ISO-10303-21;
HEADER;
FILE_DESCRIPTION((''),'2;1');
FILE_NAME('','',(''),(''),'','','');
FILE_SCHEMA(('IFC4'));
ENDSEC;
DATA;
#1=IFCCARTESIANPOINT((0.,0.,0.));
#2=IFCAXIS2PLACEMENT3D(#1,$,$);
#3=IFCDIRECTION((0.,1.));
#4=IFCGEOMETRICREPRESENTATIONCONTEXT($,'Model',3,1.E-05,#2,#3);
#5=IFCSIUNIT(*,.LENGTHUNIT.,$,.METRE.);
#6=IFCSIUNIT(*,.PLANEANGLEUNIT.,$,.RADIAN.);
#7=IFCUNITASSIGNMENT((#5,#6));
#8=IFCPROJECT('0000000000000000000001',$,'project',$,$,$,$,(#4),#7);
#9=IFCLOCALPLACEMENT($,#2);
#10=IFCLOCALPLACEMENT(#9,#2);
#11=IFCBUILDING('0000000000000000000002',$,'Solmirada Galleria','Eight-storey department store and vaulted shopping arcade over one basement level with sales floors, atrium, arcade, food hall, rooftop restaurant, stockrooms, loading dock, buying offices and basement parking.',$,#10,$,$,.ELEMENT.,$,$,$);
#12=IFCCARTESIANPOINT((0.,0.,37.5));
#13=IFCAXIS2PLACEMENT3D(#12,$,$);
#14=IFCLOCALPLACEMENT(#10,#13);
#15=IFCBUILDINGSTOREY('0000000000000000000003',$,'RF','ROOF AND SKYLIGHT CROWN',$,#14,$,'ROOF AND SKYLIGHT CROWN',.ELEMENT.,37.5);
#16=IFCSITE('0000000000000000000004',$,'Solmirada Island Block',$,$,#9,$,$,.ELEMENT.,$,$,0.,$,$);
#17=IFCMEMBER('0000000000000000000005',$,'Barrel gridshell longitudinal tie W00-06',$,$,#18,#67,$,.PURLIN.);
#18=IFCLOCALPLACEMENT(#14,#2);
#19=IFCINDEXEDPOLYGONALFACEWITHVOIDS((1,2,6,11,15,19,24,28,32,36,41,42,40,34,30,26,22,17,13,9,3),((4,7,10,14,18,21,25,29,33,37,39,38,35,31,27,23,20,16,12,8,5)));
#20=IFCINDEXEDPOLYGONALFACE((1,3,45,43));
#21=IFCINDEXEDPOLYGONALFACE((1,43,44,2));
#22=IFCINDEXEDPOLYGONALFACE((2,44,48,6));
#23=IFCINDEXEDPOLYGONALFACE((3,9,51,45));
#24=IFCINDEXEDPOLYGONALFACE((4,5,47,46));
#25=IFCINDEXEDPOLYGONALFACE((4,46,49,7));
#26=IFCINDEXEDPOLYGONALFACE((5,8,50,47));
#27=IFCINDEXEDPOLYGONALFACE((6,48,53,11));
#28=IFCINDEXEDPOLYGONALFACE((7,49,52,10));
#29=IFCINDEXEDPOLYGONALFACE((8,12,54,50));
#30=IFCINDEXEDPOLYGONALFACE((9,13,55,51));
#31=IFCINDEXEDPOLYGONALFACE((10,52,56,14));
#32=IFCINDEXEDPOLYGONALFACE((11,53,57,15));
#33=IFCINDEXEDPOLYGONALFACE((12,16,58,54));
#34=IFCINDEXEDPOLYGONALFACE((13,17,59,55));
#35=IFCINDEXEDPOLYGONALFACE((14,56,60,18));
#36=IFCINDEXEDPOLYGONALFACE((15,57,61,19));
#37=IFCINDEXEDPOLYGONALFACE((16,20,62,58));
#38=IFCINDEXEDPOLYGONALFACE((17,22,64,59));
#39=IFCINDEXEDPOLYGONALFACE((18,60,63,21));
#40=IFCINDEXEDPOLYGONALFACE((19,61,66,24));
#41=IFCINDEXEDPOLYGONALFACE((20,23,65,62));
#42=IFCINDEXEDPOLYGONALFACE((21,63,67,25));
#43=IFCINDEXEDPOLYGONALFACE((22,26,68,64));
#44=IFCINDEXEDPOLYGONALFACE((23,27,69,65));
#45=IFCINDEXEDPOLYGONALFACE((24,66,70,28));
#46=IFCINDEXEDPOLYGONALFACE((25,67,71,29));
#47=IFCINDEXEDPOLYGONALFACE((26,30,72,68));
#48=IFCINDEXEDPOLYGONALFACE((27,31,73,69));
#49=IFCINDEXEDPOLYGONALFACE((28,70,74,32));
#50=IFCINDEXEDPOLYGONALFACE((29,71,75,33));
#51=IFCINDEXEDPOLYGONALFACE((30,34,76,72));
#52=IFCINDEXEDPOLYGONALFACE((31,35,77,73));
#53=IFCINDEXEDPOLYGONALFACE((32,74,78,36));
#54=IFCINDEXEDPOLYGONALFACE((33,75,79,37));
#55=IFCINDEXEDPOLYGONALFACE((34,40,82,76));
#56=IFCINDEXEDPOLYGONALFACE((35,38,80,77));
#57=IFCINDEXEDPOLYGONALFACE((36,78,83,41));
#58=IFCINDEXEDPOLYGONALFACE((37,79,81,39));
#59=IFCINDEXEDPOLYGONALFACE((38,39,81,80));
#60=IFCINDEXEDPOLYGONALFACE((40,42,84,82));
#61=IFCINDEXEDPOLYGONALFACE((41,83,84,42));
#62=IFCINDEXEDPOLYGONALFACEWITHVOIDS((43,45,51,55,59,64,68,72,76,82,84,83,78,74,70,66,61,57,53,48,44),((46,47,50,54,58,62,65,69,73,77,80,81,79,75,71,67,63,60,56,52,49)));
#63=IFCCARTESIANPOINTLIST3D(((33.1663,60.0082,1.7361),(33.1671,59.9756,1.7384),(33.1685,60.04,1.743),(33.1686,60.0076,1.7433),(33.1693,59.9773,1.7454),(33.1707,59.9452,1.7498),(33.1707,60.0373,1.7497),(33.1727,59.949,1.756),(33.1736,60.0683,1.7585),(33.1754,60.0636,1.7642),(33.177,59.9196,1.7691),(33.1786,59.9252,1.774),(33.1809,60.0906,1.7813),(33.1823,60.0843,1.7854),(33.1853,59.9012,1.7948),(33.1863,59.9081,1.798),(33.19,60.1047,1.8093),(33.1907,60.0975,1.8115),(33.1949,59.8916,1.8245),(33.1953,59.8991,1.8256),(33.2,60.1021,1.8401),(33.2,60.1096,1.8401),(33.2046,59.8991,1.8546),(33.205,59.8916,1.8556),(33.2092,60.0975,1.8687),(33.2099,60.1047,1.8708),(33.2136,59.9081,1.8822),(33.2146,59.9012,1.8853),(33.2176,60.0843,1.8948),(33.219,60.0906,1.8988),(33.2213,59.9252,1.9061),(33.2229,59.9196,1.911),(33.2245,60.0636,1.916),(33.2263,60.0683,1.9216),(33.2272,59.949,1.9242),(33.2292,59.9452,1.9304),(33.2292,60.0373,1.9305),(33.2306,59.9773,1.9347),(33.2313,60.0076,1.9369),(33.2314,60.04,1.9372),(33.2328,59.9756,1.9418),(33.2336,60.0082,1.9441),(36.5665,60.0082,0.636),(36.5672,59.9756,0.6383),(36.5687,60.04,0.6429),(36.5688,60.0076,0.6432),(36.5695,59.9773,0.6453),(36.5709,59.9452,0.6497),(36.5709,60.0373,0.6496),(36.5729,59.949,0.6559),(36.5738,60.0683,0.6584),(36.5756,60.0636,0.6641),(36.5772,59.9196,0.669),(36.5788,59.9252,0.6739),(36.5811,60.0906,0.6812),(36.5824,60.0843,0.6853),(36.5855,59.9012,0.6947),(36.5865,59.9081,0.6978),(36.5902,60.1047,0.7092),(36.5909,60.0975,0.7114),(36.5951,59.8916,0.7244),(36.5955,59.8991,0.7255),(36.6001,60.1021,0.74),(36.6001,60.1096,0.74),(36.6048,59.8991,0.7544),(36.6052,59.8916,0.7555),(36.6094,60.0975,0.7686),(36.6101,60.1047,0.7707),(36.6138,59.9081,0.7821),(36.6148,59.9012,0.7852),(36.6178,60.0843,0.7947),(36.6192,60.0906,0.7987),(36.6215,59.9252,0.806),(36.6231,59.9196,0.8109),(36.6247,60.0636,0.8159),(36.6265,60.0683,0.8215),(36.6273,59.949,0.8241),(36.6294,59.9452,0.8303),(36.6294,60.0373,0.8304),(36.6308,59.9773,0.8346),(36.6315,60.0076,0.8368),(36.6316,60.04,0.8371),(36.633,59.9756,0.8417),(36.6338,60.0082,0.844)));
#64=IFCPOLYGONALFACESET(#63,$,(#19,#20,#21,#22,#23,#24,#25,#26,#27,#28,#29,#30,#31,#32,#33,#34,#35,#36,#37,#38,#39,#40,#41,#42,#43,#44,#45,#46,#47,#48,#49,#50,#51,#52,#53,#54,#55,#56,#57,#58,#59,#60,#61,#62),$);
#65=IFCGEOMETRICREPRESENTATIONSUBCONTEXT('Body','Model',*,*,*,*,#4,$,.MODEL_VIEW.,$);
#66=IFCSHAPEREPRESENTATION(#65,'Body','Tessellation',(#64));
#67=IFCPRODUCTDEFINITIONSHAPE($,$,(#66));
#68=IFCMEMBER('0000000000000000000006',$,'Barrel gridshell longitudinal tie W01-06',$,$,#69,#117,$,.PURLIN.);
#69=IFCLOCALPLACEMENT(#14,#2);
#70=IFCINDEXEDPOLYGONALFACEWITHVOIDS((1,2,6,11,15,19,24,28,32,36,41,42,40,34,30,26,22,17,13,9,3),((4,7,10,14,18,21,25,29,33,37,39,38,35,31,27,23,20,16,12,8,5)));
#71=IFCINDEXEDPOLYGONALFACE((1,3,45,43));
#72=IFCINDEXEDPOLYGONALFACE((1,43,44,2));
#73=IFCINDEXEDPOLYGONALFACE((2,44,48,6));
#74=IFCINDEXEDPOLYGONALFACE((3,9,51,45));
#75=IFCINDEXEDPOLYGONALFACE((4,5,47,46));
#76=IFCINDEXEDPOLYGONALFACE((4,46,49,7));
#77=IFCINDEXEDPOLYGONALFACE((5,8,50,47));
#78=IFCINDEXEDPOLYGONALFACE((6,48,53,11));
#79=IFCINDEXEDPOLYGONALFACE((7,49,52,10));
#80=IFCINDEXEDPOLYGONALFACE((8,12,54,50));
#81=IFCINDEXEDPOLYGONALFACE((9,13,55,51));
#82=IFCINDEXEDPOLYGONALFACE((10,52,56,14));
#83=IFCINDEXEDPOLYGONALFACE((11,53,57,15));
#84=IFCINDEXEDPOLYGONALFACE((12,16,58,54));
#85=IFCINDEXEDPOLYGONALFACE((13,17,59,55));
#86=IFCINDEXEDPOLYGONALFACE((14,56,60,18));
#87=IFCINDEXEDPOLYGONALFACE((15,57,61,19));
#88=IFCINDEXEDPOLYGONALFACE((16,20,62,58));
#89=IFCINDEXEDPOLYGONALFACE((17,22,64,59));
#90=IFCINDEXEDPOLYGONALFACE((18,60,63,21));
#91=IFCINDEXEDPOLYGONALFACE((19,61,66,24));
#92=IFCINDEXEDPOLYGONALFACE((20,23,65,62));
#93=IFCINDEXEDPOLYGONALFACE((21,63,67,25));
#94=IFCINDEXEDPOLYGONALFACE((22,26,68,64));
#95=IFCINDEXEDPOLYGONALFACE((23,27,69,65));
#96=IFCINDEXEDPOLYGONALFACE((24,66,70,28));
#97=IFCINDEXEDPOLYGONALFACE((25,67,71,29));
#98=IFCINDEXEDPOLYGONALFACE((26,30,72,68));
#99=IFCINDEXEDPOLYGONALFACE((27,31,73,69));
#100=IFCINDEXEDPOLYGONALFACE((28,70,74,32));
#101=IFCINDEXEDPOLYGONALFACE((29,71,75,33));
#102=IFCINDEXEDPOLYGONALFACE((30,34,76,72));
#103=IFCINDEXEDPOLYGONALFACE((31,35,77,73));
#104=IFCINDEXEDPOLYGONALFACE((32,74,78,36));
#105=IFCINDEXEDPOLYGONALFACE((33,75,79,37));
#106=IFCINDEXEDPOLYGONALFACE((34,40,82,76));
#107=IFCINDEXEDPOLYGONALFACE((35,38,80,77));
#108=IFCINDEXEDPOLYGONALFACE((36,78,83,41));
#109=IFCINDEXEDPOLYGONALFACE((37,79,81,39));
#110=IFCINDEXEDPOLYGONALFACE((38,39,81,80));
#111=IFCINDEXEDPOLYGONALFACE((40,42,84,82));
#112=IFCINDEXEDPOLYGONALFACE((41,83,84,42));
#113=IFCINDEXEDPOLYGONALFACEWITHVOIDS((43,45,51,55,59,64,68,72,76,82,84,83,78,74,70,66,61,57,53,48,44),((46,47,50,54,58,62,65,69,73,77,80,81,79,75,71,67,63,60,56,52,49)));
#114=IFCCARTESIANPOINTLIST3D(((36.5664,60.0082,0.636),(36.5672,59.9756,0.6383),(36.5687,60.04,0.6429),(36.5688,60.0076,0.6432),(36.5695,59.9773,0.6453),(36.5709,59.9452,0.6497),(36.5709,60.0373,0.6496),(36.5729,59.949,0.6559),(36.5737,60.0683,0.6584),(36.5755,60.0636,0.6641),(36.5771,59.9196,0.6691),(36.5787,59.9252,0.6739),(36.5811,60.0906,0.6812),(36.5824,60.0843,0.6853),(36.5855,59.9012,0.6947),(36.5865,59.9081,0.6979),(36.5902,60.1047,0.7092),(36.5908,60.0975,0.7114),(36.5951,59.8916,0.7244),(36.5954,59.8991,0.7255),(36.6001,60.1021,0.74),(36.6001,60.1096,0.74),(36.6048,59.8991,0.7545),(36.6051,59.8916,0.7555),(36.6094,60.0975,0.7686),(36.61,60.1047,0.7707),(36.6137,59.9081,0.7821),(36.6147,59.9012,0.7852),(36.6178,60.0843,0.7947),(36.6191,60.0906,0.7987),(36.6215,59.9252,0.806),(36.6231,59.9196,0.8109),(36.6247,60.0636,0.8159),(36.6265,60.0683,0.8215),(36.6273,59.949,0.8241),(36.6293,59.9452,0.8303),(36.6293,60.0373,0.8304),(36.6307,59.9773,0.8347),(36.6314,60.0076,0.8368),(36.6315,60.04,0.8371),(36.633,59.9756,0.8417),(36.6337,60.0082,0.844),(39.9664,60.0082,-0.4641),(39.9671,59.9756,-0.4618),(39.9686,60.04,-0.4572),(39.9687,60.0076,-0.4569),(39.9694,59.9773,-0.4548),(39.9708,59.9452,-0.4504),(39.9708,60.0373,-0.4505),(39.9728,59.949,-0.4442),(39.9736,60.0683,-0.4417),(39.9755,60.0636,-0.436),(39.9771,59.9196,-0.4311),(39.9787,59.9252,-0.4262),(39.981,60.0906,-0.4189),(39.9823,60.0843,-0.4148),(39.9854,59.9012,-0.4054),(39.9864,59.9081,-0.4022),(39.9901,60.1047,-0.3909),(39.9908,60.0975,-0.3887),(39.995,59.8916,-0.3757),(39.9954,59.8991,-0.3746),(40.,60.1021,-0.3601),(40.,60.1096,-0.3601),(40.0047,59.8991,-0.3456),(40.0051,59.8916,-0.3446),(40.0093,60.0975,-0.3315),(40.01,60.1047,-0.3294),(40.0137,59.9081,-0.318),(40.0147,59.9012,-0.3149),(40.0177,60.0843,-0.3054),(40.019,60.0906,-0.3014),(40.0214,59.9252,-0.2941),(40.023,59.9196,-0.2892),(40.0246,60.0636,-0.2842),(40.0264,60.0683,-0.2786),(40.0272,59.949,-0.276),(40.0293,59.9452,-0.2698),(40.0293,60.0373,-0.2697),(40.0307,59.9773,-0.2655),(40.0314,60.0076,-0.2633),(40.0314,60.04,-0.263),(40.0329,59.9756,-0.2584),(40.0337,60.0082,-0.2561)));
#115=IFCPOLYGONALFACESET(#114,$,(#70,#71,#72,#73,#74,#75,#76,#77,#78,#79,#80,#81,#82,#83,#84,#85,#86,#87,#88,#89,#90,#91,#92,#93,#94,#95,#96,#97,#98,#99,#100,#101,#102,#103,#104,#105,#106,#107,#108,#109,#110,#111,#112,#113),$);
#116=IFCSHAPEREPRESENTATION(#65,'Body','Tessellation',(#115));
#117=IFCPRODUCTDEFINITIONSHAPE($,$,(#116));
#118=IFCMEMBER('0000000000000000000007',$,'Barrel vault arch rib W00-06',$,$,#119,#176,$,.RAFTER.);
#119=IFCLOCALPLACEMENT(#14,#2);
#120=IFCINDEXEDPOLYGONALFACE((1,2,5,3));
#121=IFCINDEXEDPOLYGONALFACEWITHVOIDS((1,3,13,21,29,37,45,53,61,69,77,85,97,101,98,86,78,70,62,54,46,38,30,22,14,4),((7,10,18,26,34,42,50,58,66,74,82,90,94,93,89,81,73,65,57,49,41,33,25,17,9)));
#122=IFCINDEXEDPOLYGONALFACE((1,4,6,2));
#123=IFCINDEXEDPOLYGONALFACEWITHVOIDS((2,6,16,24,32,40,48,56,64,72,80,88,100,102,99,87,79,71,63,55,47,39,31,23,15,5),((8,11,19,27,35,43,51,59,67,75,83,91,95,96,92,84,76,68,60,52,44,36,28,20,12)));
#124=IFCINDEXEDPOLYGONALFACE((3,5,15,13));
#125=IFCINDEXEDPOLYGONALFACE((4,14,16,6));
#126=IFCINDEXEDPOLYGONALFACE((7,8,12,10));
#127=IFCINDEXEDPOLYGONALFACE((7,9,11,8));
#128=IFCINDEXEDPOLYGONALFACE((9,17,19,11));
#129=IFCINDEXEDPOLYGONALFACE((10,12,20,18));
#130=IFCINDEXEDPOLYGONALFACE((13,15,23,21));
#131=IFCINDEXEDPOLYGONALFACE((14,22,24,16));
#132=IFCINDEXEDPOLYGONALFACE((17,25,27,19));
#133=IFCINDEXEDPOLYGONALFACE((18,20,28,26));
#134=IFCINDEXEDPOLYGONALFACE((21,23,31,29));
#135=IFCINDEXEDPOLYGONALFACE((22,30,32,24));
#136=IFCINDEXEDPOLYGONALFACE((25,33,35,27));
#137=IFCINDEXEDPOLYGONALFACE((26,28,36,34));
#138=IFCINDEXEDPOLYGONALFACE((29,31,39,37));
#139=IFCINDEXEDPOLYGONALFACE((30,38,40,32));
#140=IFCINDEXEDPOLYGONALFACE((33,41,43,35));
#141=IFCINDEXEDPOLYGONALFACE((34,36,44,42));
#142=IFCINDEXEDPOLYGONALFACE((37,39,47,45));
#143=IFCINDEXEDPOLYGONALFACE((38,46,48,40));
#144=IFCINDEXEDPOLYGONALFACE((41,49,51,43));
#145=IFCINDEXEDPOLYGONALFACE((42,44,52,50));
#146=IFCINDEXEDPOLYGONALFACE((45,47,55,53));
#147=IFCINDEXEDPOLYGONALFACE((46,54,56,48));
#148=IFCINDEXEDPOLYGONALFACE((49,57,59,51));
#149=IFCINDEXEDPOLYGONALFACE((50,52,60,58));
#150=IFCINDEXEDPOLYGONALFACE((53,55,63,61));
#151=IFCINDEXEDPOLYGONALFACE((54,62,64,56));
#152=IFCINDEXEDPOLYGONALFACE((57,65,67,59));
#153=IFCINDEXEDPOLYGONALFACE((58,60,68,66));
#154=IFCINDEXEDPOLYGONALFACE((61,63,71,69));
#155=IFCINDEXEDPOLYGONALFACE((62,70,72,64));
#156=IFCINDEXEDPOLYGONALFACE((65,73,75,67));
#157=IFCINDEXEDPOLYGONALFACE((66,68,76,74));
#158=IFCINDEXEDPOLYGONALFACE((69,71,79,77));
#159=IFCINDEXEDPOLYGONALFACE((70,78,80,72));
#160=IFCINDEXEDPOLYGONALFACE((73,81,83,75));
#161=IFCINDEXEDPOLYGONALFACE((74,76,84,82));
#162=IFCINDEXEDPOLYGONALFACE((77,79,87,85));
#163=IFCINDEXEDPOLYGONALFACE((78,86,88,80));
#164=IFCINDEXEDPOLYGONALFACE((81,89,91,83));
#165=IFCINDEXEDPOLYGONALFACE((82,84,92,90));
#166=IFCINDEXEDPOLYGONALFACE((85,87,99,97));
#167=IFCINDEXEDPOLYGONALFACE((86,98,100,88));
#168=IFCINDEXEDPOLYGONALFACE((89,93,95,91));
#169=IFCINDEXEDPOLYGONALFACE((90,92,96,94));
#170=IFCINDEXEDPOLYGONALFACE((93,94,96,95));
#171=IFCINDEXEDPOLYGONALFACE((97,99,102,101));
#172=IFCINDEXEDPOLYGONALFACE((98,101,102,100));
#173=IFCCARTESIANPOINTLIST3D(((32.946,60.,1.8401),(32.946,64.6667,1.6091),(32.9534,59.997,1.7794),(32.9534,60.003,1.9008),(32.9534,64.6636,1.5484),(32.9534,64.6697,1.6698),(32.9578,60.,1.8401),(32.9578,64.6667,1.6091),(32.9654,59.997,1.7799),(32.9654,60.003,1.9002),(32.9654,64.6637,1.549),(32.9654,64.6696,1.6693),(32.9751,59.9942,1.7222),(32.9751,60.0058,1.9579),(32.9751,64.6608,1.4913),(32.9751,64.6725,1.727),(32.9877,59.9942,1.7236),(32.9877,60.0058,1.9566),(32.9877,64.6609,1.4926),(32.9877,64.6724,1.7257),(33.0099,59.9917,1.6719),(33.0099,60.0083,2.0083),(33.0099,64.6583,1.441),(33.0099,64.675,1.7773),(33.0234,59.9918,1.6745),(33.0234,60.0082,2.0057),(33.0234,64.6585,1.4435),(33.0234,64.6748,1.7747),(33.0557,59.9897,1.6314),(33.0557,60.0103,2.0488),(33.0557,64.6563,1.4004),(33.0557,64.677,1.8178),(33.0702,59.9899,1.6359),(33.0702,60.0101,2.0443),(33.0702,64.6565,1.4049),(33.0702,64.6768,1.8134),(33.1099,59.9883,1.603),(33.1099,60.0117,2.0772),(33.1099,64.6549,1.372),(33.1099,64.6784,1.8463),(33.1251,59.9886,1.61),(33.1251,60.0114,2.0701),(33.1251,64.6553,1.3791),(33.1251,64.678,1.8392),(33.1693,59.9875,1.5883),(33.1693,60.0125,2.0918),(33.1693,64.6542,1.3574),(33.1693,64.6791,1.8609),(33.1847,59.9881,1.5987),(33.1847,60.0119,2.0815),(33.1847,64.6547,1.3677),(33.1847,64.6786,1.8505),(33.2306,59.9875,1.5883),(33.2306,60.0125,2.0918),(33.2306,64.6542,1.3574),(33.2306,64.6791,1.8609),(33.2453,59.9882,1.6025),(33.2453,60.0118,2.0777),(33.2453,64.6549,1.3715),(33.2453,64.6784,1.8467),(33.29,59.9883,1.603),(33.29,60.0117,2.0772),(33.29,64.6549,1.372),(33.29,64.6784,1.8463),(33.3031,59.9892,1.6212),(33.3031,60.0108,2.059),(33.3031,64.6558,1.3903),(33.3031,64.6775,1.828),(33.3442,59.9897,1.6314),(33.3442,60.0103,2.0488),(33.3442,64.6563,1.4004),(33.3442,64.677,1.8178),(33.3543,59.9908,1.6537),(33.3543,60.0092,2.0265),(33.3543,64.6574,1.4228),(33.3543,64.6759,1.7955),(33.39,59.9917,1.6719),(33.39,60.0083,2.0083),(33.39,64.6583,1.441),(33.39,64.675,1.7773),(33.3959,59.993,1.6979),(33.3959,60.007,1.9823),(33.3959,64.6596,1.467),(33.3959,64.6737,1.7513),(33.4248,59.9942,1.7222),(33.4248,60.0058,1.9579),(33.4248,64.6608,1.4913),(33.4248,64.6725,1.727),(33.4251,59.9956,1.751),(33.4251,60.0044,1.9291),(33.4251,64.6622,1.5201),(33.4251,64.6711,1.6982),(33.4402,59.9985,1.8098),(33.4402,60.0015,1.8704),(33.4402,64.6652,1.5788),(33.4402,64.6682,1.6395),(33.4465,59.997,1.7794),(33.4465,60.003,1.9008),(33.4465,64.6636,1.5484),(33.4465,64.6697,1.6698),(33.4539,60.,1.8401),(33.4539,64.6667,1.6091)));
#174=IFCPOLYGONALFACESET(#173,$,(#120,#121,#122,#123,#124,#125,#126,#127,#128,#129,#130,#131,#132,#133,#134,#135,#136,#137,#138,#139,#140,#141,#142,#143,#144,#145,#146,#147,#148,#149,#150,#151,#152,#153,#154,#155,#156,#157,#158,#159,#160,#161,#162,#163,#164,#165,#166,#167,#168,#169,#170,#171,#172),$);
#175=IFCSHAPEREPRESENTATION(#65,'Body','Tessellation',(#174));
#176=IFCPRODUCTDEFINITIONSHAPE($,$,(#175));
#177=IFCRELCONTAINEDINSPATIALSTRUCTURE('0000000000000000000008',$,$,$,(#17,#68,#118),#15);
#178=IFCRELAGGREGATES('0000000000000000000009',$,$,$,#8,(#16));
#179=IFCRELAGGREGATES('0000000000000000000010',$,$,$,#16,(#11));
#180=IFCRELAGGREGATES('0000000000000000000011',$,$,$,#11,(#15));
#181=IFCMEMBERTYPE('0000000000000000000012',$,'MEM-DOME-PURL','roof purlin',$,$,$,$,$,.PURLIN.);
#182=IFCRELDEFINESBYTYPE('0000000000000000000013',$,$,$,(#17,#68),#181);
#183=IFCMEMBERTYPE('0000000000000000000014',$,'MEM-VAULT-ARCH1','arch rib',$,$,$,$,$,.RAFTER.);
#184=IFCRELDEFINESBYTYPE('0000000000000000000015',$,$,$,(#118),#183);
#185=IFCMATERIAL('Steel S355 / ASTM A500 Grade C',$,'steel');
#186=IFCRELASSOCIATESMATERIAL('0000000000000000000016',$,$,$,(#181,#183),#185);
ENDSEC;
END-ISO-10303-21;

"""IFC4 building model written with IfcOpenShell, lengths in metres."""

from ifc_helpers import new_model, si_unit, direction, frame, origin, origin_2d, place, context, subcontext, project, spatial, hollow_circle, extrude, material, material_profile, profile_set, type_object, element, save


model = new_model("IFC4")

# Units and contexts
model_context = context("Model", 3, precision=1e-05, world=origin(), true_north=direction((0.0, 1.0)))
body_context = subcontext(model_context, "Body", "Model", "MODEL_VIEW")
ifc_project = project(units=[si_unit("LENGTHUNIT", "METRE"), si_unit("PLANEANGLEUNIT", "RADIAN")], contexts=[model_context])

# Site, building, storey
site_placement = place(None, origin())
site = spatial("IfcSite", under=ifc_project, at=site_placement, Name="Solmirada Island Block", CompositionType="ELEMENT", RefElevation=0.0)
building_placement = place(site_placement, origin())
building = spatial("IfcBuilding", under=site, at=building_placement, Name="Solmirada Galleria", Description="Eight-storey department store and vaulted shopping arcade over one basement level with sales floors, atrium, arcade, food hall, rooftop restaurant, stockrooms, loading dock, buying offices and basement parking.", CompositionType="ELEMENT")
storey_placement = place(building_placement, frame((0.0, 0.0, 37.5)))
storey = spatial("IfcBuildingStorey", under=building, at=storey_placement, Name="RF", Description="ROOF AND SKYLIGHT CROWN", LongName="ROOF AND SKYLIGHT CROWN", CompositionType="ELEMENT", Elevation=37.5)

# Members
ifc_material_1 = material(Name="Steel S355 / ASTM A500 Grade C", Category="steel")
ifc_material_profile_1 = material_profile(ifc_material_1, hollow_circle(Radius=0.1096, WallThickness=0.0076, at=origin_2d()), Name="HSS8.625X0.322")
ifc_profile_set_1 = profile_set([ifc_material_profile_1], Name="Steel S355 / ASTM A500 Grade C")
member_type_1 = type_object("IfcMemberType", Name="MEM-DOME-PURL", Description="roof purlin", PredefinedType="PURLIN", material=ifc_profile_set_1)
member_1_placement = place(storey_placement, frame((33.2, 60.0, 1.8401), z_axis=(0.95144, 0.0, -0.307833), x_axis=(0.0, 1.0, 0.0)))
element("IfcMember", 1, at=member_1_placement, inside=storey, type_object=member_type_1, Name="Barrel gridshell longitudinal tie W00-06", PredefinedType="PURLIN", context=body_context, shape_type="SweptSolid", body=[
    extrude(hollow_circle(Radius=0.1096, WallThickness=0.0076, at=origin_2d()), origin(), (0.0, 0.0, 1.0), 3.5737),
])
member_2_placement = place(storey_placement, frame((36.6001, 60.0, 0.74), z_axis=(0.951434, 0.0, -0.307853), x_axis=(0.0, 1.0, 0.0)))
element("IfcMember", 2, at=member_2_placement, inside=storey, type_object=member_type_1, Name="Barrel gridshell longitudinal tie W01-06", PredefinedType="PURLIN", context=body_context, shape_type="SweptSolid", body=[
    extrude(hollow_circle(Radius=0.1096, WallThickness=0.0076, at=origin_2d()), origin(), (0.0, 0.0, 1.0), 3.5735),
])
ifc_material_profile_2 = material_profile(ifc_material_1, hollow_circle(Radius=0.2539, WallThickness=0.0117, at=origin_2d()), Name="HSS20.000X0.500")
ifc_profile_set_2 = profile_set([ifc_material_profile_2], Name="Steel S355 / ASTM A500 Grade C")
member_type_2 = type_object("IfcMemberType", Name="MEM-VAULT-ARCH1", Description="arch rib", PredefinedType="RAFTER", material=ifc_profile_set_2)
member_3_placement = place(storey_placement, frame((33.2, 60.0, 1.8401), z_axis=(0.0, 0.998778, -0.049429), x_axis=(-1.0, 0.0, 0.0)))
element("IfcMember", 3, at=member_3_placement, inside=storey, type_object=member_type_2, Name="Barrel vault arch rib W00-06", PredefinedType="RAFTER", context=body_context, shape_type="SweptSolid", body=[
    extrude(hollow_circle(Radius=0.2539, WallThickness=0.0117, at=origin_2d()), origin(), (0.0, 0.0, 1.0), 4.6724),
])

save(model, "model.ifc")
